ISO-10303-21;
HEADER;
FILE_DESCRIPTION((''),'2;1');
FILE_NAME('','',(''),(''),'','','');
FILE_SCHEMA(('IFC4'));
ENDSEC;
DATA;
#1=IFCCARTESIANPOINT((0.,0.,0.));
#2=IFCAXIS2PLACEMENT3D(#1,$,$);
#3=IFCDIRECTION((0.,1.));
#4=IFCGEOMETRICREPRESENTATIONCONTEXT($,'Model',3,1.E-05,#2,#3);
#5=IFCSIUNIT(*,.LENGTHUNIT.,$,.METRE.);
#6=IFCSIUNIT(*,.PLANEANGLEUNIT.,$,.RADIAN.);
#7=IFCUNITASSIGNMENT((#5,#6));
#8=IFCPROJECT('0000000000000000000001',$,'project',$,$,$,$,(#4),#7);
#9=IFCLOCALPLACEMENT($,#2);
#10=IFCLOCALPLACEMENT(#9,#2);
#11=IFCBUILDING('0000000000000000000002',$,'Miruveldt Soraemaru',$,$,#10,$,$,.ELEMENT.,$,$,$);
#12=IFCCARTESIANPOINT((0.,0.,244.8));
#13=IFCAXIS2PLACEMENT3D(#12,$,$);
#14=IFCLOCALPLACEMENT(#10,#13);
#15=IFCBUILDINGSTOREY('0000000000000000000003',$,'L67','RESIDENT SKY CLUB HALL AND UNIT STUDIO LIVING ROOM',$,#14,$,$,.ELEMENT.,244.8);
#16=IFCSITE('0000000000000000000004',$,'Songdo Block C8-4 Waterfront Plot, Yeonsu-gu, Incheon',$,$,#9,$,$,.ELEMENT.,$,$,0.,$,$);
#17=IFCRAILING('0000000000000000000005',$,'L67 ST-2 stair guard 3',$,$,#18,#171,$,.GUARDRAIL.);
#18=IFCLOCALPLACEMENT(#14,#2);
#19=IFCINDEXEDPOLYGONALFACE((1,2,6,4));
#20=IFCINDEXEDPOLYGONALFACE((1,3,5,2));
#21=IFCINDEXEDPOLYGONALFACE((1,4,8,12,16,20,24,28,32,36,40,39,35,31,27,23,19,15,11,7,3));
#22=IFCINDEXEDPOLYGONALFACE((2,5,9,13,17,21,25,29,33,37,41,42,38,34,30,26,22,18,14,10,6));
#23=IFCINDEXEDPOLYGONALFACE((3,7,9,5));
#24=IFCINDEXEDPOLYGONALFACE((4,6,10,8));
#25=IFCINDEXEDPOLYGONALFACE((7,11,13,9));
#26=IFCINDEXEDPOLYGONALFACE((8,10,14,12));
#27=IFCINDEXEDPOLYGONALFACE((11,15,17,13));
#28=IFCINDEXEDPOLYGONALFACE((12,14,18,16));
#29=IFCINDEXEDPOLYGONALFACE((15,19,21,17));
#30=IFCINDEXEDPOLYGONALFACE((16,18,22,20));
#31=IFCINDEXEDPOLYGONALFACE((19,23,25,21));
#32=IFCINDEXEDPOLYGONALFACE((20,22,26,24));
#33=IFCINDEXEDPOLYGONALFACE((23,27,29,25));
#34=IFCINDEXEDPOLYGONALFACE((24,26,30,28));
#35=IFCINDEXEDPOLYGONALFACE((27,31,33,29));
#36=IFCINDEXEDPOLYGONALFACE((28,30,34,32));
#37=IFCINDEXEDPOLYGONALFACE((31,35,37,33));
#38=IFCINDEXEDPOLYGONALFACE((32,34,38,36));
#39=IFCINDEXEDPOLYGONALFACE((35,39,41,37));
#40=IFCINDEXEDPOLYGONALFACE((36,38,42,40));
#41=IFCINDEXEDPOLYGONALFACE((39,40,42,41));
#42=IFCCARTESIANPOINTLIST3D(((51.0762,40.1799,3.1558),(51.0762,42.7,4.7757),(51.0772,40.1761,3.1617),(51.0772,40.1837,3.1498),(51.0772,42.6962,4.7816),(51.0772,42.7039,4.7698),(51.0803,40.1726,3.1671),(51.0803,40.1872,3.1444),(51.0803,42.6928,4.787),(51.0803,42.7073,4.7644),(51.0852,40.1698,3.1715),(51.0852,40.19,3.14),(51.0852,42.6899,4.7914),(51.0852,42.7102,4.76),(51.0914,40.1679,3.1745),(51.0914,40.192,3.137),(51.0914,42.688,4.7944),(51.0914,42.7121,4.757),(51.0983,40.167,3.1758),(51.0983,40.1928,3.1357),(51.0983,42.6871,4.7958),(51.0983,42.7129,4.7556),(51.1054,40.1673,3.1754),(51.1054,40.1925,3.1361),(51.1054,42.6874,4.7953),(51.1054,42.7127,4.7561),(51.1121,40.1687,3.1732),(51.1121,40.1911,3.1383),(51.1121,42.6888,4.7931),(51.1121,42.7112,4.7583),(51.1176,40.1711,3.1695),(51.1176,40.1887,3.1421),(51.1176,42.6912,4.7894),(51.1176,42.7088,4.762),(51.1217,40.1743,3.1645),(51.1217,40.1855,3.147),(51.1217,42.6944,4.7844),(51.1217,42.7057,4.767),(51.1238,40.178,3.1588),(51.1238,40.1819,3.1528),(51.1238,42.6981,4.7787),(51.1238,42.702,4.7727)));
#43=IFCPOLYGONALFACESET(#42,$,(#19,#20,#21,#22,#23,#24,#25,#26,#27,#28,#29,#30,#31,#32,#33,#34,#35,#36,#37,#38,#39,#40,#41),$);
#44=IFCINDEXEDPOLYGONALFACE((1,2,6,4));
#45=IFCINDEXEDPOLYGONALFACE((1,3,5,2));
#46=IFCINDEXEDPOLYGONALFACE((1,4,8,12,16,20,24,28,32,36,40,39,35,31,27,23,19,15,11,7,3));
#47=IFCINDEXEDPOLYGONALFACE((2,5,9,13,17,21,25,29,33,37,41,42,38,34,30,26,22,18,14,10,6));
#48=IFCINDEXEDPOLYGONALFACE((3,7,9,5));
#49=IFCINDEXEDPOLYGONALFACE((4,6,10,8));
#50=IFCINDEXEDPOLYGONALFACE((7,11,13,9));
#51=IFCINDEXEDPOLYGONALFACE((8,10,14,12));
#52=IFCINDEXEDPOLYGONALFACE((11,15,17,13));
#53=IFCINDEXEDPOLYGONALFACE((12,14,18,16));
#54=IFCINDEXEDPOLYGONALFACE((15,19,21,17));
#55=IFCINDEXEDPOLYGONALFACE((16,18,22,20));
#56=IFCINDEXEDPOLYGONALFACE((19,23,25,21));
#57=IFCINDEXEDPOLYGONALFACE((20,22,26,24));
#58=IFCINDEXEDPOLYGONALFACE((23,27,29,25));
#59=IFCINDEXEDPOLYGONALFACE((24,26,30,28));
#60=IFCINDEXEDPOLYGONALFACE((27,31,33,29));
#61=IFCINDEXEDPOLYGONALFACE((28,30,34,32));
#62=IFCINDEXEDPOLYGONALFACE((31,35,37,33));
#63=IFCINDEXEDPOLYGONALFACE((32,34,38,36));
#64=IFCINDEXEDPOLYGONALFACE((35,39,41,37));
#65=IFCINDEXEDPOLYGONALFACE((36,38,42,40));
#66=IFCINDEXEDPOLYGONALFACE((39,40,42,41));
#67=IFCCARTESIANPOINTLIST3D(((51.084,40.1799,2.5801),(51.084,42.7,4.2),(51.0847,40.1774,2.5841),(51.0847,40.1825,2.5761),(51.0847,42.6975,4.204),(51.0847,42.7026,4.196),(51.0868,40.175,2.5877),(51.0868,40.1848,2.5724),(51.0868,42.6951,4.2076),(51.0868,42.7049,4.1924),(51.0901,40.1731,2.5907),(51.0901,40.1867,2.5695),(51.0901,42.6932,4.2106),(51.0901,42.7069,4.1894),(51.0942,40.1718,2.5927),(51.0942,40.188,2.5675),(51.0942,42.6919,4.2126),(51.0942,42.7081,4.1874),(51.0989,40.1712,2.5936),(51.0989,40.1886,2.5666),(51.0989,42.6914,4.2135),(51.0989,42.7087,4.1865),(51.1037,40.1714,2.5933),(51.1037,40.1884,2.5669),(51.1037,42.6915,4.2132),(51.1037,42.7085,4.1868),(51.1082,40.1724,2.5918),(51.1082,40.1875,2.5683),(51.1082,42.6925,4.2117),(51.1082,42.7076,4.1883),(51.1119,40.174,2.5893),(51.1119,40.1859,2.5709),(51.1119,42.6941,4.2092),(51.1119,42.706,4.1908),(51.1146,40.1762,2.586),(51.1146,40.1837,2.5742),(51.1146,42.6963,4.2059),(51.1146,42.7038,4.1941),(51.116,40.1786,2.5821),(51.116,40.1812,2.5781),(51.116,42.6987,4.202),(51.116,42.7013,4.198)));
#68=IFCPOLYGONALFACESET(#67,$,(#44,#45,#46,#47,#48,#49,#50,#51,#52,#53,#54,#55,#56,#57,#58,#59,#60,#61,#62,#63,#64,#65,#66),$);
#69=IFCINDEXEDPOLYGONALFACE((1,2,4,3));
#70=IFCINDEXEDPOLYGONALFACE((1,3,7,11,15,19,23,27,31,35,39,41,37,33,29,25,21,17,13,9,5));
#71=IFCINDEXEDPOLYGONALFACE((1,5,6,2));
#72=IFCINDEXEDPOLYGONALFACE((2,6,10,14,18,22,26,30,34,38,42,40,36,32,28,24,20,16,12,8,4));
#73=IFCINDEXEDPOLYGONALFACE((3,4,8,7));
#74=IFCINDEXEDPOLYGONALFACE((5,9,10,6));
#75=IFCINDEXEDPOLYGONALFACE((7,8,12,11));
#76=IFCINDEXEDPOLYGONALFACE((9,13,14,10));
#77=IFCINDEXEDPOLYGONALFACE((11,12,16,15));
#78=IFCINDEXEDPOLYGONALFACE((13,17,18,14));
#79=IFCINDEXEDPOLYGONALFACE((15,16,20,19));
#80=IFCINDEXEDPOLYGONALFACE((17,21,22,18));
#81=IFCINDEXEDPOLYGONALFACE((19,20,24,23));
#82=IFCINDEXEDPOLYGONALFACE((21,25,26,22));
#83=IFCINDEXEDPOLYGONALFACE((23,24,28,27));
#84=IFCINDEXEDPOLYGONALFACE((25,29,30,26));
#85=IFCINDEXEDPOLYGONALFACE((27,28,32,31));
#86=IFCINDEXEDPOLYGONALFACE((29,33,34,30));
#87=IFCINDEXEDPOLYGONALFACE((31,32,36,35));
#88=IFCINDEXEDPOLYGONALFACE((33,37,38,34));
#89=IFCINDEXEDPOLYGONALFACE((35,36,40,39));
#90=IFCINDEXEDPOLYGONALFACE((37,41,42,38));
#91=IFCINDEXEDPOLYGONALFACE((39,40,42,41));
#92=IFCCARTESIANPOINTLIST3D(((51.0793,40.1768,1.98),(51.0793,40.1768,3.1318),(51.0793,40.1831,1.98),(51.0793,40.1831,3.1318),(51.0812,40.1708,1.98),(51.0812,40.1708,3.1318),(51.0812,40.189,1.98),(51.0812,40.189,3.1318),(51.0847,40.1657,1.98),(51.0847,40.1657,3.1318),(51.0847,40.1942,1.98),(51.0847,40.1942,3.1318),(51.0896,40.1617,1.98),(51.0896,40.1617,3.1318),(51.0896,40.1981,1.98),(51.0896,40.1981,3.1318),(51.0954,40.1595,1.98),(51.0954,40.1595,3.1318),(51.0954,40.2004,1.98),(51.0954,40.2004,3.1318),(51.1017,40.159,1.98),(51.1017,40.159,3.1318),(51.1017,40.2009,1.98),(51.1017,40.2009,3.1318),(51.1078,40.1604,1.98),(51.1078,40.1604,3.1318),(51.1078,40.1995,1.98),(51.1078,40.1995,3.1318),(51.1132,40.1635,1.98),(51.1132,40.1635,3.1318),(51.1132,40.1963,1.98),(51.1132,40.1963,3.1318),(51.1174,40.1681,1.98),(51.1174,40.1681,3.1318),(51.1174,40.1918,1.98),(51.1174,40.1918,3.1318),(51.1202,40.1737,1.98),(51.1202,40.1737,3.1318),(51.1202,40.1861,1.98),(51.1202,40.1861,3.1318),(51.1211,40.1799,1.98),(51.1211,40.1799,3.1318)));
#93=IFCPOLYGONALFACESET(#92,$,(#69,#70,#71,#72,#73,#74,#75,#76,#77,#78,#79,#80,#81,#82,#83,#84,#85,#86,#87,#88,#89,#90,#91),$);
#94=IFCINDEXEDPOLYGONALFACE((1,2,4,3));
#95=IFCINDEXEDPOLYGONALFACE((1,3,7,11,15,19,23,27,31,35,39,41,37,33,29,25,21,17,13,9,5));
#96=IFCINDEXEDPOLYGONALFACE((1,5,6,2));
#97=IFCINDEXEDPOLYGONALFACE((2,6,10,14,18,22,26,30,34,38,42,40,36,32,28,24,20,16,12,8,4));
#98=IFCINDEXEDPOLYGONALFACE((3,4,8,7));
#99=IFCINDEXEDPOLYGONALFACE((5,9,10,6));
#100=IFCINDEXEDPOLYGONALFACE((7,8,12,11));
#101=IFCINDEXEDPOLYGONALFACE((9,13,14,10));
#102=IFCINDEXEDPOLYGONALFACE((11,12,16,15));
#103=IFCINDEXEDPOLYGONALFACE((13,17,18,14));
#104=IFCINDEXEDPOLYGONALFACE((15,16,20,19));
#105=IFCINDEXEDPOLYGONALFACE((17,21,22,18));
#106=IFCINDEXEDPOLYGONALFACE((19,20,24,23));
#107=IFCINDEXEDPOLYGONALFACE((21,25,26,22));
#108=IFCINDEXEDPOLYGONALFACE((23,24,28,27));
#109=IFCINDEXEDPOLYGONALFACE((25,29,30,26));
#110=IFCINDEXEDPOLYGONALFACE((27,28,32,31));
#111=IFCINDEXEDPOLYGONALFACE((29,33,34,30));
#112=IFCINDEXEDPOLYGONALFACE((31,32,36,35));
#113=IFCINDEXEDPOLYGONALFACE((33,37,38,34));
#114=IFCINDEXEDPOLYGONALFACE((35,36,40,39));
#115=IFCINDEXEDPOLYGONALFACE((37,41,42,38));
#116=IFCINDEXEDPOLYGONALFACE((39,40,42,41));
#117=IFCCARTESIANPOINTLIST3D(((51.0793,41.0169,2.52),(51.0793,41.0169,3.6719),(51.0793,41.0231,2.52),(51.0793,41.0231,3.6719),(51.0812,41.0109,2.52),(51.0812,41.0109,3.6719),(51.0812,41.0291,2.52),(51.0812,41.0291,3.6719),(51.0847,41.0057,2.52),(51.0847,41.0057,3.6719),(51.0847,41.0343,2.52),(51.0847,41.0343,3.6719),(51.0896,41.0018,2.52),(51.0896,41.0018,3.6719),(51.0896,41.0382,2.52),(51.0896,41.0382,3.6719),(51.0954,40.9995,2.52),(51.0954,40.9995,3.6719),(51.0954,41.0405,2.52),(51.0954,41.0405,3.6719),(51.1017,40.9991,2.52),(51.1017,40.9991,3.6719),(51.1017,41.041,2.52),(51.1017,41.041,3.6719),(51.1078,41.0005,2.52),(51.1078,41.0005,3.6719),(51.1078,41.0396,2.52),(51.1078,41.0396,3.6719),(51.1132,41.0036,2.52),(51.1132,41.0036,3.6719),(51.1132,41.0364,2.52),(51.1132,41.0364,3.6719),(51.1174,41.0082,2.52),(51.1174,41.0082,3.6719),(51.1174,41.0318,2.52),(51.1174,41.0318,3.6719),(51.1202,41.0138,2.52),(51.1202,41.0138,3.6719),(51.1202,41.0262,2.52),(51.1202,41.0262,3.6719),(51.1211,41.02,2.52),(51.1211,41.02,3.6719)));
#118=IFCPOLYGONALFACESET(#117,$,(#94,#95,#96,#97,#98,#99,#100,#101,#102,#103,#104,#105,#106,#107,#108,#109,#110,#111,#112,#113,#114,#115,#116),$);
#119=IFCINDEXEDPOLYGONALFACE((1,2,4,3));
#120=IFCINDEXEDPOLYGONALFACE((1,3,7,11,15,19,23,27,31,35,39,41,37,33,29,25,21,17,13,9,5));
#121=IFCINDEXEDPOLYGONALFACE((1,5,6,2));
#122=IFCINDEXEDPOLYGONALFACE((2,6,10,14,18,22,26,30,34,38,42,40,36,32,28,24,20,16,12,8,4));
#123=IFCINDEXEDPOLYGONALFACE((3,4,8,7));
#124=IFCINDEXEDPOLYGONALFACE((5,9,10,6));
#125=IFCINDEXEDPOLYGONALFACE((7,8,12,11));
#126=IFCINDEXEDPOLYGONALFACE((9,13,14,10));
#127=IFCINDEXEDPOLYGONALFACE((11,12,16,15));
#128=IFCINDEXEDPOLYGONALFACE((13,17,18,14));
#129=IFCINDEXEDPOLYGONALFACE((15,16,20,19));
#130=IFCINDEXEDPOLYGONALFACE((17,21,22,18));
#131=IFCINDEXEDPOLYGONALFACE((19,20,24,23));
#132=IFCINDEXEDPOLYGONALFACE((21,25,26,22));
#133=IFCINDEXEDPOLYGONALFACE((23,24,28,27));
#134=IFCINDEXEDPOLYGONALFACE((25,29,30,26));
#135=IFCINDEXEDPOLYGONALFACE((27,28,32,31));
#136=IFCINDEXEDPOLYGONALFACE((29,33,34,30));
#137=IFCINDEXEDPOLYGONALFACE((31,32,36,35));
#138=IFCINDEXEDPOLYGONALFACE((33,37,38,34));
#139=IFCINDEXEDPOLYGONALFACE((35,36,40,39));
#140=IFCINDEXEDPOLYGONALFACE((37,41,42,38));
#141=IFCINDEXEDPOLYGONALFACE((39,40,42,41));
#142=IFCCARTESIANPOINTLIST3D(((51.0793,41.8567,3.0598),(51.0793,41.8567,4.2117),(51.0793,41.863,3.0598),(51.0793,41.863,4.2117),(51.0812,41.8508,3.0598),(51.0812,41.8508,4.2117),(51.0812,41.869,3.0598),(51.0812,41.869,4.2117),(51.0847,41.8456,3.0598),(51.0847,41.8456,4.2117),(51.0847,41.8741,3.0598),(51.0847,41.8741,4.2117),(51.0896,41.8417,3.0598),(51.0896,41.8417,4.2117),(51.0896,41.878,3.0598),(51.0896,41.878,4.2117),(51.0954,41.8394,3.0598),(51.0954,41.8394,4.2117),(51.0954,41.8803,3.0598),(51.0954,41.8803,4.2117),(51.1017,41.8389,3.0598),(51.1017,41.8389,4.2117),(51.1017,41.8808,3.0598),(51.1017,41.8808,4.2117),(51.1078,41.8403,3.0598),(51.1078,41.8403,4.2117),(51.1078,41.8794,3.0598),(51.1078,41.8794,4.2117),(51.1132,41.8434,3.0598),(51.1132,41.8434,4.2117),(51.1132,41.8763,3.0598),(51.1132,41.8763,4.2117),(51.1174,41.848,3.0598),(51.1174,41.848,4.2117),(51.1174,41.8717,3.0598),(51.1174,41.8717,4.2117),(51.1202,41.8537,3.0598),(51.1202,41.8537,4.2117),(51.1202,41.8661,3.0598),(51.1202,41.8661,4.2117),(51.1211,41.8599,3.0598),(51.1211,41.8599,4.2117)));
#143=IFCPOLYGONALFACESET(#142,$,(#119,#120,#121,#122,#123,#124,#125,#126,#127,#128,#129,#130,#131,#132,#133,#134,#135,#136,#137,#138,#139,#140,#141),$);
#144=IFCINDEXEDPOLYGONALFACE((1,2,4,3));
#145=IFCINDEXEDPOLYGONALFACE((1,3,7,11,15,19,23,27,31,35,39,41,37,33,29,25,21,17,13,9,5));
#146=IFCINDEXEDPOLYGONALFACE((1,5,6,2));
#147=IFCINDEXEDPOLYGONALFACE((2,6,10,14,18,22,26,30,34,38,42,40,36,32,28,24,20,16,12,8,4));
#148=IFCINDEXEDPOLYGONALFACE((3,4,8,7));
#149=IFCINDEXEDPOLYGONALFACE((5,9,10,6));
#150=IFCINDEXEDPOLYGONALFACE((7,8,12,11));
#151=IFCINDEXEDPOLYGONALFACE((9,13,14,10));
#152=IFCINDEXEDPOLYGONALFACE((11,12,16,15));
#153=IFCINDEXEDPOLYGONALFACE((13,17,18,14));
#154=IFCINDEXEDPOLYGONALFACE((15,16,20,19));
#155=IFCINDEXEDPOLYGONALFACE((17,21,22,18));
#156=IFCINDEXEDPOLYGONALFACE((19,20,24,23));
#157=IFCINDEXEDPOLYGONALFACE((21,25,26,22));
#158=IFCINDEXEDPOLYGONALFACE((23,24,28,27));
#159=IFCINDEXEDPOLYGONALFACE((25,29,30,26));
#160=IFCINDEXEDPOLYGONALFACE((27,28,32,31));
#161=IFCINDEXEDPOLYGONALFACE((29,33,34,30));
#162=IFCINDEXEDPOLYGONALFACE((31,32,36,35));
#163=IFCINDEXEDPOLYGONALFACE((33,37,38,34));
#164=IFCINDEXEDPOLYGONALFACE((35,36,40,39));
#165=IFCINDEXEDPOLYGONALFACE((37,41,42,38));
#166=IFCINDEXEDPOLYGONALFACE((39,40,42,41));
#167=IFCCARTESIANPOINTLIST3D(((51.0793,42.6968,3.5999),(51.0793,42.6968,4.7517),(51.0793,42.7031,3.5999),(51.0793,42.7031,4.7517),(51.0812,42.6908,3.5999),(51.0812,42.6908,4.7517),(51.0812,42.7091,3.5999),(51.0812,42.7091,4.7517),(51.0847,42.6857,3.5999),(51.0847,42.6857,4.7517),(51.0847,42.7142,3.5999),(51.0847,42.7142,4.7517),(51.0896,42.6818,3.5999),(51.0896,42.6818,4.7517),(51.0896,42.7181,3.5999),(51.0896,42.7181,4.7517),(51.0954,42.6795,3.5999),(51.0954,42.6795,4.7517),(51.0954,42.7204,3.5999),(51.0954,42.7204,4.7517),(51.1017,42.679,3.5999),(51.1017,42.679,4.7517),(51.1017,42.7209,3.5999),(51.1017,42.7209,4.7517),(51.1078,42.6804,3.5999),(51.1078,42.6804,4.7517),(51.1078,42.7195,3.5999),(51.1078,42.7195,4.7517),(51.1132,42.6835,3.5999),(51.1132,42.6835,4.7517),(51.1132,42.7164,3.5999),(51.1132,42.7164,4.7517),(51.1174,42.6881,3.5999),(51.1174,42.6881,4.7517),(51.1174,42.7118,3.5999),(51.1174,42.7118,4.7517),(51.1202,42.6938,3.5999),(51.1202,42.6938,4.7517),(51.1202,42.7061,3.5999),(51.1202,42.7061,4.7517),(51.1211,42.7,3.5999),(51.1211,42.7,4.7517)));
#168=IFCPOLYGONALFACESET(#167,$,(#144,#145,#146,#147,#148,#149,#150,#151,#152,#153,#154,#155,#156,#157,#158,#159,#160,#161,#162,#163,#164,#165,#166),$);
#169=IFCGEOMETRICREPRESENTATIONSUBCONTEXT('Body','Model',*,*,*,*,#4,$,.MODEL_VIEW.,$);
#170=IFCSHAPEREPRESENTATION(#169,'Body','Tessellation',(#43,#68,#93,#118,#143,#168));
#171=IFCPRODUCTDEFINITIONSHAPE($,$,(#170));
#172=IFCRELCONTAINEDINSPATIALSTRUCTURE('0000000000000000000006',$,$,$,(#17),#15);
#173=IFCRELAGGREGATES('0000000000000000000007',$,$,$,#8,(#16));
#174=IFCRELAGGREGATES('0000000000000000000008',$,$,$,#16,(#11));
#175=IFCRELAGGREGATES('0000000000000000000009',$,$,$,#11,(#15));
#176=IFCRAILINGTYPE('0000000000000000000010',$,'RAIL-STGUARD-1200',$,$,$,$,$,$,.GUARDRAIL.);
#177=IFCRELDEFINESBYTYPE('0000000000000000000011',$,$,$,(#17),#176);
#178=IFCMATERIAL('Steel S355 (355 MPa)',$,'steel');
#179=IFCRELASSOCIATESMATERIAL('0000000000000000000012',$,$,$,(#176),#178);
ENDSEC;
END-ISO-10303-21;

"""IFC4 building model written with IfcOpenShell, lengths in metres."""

from ifc_helpers import new_model, si_unit, direction, frame, origin, origin_2d, place, context, subcontext, project, spatial, circle, extrude, material, type_object, element, save


model = new_model("IFC4")

# Units and contexts
model_context = context("Model", 3, precision=1e-05, world=origin(), true_north=direction((0.0, 1.0)))
body_context = subcontext(model_context, "Body", "Model", "MODEL_VIEW")
ifc_project = project(units=[si_unit("LENGTHUNIT", "METRE"), si_unit("PLANEANGLEUNIT", "RADIAN")], contexts=[model_context])

# Site, building, storey
site_placement = place(None, origin())
site = spatial("IfcSite", under=ifc_project, at=site_placement, Name="Songdo Block C8-4 Waterfront Plot, Yeonsu-gu, Incheon", CompositionType="ELEMENT", RefElevation=0.0)
building_placement = place(site_placement, origin())
building = spatial("IfcBuilding", under=site, at=building_placement, Name="Miruveldt Soraemaru", CompositionType="ELEMENT")
storey_placement = place(building_placement, frame((0.0, 0.0, 244.8)))
storey = spatial("IfcBuildingStorey", under=building, at=storey_placement, Name="L67", Description="RESIDENT SKY CLUB HALL AND UNIT STUDIO LIVING ROOM", CompositionType="ELEMENT", Elevation=244.8)

# Railing
ifc_material_1 = material(Name="Steel S355 (355 MPa)", Category="steel")
railing_type_1 = type_object("IfcRailingType", Name="RAIL-STGUARD-1200", PredefinedType="GUARDRAIL", material=ifc_material_1)
railing_1_placement = place(storey_placement, frame((51.1001, 40.1799, 1.98)))
element("IfcRailing", 1, at=railing_1_placement, inside=storey, type_object=railing_type_1, Name="L67 ST-2 stair guard 3", PredefinedType="GUARDRAIL", context=body_context, shape_type="SweptSolid", body=[
    extrude(circle(Radius=0.0239, at=origin_2d()), frame((0.0, 0.0, 1.1758), z_axis=(0.0, 0.8412, 0.540725), x_axis=(-1.0, 0.0, 0.0)), (0.0, 0.0, 1.0), 2.9958),
    extrude(circle(Radius=0.0161, at=origin_2d()), frame((0.0, 0.0, 0.6001), z_axis=(0.0, 0.8412, 0.540725), x_axis=(-1.0, 0.0, 0.0)), (0.0, 0.0, 1.0), 2.9958),
    extrude(circle(Radius=0.021, at=origin_2d()), origin(), (0.0, 0.0, 1.0), 1.1519),
    extrude(circle(Radius=0.021, at=origin_2d()), frame((0.0, 0.8401, 0.54)), (0.0, 0.0, 1.0), 1.1519),
    extrude(circle(Radius=0.021, at=origin_2d()), frame((0.0, 1.6799, 1.0798)), (0.0, 0.0, 1.0), 1.1519),
    extrude(circle(Radius=0.021, at=origin_2d()), frame((0.0, 2.52, 1.6199)), (0.0, 0.0, 1.0), 1.1519),
])

save(model, "model.ifc")
